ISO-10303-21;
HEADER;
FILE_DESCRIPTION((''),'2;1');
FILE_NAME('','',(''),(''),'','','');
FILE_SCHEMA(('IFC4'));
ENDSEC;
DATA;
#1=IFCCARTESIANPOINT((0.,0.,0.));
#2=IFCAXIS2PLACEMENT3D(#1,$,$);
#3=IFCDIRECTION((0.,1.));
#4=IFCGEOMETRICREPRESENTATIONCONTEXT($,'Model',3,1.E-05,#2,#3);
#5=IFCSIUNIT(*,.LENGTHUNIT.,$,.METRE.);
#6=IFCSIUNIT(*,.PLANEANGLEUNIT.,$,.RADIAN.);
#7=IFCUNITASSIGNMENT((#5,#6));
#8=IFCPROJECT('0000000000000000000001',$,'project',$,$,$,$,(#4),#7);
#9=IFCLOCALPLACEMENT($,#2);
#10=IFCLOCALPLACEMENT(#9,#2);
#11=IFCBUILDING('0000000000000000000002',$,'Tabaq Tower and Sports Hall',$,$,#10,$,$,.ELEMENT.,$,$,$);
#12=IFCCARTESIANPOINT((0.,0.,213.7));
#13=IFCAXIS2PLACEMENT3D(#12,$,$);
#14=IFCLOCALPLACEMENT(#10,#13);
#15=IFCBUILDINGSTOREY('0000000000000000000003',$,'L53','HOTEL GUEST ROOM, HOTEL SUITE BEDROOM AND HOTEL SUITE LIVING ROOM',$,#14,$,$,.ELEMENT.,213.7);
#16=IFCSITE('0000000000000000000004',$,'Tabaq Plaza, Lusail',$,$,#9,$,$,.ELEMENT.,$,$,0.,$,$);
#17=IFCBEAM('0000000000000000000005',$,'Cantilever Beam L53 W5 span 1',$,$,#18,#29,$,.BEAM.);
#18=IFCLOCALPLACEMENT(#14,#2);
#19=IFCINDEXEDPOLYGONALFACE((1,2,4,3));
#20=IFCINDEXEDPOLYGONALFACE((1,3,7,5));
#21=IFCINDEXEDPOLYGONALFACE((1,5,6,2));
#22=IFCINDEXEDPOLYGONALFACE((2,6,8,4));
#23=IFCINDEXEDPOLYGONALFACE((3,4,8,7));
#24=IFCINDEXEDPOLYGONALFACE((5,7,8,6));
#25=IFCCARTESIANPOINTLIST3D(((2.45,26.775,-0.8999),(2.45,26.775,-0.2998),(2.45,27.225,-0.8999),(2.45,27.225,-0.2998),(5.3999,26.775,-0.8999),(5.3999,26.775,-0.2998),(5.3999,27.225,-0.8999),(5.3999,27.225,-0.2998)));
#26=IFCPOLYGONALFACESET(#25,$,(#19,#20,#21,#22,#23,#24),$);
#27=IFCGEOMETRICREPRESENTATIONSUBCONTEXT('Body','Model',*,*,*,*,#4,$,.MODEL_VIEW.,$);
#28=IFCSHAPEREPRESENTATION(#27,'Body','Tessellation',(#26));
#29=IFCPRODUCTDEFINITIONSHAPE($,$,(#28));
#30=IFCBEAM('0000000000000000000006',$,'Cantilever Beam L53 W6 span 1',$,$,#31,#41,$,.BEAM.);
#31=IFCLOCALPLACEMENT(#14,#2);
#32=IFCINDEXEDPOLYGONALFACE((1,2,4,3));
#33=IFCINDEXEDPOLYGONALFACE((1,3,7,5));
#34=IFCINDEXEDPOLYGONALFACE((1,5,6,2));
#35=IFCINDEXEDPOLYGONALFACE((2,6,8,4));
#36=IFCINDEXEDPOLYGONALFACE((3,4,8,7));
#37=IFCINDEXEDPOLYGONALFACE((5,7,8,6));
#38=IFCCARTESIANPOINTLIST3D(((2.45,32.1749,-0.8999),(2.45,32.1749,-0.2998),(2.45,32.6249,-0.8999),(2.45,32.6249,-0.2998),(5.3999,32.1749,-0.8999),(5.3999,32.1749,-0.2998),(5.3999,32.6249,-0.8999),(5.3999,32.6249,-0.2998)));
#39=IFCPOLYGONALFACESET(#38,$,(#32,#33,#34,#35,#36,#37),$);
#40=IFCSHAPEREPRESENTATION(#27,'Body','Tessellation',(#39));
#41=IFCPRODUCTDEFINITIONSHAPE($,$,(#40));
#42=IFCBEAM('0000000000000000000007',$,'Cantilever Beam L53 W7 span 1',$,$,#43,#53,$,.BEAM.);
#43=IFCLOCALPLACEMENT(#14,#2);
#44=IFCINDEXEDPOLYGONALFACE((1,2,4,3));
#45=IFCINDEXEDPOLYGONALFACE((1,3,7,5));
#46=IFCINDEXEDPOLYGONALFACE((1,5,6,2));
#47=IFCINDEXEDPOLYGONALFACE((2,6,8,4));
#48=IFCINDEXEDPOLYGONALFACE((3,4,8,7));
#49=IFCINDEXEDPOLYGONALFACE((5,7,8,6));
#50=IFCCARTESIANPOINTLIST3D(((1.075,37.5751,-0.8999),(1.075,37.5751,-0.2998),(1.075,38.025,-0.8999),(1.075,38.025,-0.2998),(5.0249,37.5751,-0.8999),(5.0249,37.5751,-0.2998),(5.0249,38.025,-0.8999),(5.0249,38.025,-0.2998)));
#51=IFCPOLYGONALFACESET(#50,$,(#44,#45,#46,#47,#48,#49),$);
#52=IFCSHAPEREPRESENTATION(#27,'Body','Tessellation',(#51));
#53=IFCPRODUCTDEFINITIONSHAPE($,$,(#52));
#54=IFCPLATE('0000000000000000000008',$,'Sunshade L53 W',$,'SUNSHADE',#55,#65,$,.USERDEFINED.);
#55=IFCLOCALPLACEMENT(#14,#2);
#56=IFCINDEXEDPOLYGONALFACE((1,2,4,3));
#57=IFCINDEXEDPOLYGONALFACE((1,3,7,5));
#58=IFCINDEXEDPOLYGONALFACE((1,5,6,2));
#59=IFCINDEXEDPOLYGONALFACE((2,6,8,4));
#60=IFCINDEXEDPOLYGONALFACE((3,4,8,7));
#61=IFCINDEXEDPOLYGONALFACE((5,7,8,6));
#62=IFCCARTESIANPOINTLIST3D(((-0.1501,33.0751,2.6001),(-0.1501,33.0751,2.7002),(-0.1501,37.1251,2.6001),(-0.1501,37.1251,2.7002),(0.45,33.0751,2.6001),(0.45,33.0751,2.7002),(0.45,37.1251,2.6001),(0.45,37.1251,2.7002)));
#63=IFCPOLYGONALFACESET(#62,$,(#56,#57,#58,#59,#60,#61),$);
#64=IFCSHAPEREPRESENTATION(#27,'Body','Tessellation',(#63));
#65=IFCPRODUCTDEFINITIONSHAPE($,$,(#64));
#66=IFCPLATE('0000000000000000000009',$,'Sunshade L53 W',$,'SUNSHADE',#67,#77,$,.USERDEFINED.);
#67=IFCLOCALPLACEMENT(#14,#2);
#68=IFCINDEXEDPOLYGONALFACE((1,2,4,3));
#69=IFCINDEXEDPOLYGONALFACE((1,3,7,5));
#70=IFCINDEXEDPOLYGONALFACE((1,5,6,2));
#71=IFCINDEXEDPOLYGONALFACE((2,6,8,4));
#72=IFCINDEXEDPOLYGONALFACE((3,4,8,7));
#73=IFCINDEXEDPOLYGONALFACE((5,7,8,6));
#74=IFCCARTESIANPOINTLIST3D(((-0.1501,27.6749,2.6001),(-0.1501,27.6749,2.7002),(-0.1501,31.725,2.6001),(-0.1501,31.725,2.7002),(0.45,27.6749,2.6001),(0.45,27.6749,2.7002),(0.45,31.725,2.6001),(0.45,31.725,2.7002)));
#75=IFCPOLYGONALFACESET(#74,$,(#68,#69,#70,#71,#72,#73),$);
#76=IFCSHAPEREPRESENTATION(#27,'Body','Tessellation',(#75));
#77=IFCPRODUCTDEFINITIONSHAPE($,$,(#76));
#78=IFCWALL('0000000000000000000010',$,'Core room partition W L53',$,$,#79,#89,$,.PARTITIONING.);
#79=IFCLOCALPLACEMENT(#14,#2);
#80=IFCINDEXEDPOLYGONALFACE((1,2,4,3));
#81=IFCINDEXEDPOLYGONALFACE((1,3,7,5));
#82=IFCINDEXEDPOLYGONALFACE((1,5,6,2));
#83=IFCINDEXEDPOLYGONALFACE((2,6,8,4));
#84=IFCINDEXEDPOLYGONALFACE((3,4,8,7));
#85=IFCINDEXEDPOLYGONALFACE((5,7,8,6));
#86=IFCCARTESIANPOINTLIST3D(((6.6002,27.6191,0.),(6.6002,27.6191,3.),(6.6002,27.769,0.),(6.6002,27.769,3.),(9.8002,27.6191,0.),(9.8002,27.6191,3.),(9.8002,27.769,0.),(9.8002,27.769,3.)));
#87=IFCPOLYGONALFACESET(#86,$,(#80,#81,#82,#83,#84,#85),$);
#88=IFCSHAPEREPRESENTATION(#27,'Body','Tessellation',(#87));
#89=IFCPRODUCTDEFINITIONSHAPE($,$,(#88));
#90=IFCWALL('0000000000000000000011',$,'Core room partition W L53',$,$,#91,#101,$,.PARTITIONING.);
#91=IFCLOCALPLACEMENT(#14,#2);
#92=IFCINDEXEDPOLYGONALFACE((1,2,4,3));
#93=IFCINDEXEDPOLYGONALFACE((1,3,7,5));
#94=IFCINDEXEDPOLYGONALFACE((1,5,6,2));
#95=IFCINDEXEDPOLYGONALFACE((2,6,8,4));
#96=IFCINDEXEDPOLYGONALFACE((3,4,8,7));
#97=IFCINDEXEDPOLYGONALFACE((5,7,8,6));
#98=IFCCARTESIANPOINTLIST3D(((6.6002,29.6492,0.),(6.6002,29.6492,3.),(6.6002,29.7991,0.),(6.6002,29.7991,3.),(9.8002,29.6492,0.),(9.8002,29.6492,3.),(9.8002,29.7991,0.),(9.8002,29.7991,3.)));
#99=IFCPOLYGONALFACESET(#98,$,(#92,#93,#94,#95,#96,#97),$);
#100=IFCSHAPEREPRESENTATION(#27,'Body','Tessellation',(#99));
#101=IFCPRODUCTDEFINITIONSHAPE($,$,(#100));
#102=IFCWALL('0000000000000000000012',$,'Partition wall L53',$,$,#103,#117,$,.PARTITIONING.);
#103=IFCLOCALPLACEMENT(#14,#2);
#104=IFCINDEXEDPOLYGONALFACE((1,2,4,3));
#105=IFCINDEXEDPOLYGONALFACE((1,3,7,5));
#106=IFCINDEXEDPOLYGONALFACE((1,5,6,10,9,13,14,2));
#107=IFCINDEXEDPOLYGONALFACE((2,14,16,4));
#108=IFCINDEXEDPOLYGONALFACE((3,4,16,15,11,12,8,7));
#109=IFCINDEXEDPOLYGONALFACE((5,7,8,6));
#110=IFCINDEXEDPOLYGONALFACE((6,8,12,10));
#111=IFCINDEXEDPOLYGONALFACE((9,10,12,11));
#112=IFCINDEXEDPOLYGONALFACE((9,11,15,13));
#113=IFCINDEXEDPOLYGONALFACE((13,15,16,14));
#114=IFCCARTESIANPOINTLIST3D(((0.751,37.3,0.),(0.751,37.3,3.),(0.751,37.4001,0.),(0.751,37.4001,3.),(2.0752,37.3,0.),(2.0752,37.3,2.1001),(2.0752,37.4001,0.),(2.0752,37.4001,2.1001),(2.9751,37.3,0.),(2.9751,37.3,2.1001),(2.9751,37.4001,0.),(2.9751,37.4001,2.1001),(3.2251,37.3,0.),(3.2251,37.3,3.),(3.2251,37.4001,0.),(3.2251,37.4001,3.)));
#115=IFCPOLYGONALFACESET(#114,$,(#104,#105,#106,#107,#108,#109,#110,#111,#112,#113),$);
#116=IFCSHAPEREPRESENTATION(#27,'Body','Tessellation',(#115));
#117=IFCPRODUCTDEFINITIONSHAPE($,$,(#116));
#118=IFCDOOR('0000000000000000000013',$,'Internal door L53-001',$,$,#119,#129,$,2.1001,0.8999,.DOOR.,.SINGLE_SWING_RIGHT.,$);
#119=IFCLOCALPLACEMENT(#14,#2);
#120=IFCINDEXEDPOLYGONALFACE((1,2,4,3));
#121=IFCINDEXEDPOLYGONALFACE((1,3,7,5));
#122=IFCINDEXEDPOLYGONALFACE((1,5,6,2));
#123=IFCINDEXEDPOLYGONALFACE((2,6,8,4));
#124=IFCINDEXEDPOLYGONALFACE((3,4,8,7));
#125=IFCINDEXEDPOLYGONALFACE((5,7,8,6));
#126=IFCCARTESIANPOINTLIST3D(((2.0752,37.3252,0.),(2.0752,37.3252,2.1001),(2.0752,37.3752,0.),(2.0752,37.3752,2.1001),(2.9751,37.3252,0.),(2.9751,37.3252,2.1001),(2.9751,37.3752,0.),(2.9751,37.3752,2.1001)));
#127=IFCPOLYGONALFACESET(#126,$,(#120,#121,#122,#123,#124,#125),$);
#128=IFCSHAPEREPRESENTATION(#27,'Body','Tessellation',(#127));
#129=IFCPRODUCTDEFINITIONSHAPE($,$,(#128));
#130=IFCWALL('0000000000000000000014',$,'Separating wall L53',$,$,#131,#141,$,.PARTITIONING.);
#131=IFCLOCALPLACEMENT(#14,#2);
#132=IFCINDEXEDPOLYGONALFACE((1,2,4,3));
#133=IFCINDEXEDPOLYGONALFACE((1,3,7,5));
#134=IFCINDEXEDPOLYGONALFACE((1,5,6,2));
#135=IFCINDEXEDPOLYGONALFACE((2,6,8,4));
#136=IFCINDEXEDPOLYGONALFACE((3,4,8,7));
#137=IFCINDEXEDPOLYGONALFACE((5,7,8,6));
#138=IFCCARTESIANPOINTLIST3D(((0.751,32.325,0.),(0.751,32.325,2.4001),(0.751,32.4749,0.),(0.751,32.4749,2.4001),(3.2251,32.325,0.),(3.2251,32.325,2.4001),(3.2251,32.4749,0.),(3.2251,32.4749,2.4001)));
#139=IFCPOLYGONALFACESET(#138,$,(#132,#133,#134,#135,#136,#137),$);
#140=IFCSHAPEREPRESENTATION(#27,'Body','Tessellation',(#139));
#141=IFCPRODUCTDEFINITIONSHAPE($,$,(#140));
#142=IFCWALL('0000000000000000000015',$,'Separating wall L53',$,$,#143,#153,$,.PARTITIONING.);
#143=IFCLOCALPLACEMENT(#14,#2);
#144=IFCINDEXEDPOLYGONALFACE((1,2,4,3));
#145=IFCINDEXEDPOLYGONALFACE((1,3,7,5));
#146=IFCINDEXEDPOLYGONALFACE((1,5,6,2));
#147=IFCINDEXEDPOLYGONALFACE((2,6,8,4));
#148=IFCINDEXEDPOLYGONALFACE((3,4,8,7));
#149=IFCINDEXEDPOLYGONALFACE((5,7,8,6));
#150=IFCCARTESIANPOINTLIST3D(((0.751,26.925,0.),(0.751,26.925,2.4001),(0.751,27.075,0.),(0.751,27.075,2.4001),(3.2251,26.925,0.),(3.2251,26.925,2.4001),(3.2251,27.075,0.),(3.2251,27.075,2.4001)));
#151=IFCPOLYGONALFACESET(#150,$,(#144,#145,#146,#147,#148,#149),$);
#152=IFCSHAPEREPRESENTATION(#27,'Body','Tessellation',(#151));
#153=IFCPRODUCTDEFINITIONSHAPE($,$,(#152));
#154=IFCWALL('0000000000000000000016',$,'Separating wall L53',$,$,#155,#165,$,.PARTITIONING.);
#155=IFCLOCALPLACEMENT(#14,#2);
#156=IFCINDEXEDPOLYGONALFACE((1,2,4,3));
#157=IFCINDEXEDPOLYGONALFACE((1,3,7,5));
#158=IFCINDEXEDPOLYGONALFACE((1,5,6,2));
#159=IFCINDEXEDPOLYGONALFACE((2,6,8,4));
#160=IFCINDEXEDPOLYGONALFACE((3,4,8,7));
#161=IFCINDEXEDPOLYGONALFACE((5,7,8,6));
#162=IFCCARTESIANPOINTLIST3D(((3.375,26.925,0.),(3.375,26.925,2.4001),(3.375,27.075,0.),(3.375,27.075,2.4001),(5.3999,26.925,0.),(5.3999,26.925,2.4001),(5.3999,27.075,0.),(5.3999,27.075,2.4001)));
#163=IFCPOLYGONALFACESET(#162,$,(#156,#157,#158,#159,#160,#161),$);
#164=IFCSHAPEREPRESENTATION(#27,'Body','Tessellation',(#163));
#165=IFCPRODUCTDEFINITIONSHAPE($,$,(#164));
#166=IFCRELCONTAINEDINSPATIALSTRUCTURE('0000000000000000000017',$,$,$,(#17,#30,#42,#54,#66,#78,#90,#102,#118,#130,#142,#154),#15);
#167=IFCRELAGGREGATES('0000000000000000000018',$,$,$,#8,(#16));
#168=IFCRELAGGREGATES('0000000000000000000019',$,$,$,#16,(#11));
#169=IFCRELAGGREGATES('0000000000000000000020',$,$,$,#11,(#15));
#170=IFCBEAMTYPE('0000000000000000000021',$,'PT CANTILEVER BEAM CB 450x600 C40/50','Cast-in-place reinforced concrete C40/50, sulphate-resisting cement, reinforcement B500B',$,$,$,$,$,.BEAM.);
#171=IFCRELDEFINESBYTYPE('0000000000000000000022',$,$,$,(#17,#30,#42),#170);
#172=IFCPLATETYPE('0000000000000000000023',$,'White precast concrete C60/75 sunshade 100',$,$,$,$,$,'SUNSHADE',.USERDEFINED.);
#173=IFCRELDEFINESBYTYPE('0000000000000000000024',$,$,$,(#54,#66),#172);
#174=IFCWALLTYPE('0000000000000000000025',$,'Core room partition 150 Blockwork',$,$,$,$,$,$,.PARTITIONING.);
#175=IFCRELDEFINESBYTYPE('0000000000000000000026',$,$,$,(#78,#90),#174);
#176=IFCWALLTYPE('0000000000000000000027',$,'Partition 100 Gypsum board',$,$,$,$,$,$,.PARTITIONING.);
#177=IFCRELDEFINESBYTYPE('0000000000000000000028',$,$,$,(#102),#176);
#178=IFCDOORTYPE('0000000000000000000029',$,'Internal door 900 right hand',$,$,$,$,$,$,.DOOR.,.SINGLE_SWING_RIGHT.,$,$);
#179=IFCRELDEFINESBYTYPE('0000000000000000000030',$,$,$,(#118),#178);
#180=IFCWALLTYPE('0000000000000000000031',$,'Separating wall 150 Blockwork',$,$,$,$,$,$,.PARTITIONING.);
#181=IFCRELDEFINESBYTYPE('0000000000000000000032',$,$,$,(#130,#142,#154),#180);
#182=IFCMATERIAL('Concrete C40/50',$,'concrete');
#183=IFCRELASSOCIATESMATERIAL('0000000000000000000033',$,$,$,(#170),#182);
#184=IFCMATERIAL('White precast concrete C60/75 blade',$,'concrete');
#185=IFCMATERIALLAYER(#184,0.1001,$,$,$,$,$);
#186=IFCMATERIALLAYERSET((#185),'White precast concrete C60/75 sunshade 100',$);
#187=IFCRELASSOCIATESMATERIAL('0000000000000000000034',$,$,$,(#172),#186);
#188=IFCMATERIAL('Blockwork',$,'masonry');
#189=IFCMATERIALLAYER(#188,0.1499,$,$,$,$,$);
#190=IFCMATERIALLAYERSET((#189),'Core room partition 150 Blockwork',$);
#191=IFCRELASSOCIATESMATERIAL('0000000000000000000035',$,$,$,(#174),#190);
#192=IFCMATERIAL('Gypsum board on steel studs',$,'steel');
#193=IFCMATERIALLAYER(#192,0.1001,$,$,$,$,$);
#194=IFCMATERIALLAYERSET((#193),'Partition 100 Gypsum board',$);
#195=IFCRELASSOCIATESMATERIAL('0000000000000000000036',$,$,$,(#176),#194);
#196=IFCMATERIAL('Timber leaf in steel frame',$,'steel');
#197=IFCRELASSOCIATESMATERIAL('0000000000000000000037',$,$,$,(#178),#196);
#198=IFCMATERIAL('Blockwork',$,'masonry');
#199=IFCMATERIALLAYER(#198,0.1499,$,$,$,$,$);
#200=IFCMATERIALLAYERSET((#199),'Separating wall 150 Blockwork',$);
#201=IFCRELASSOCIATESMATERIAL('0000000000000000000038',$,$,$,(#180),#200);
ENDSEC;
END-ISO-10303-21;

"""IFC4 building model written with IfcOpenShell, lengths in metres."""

from ifc_helpers import new_model, si_unit, direction, frame, frame_2d, origin, origin_2d, place, context, subcontext, project, spatial, rectangle, extrude, material, layer, layer_set, material_profile, profile_set, type_object, element, fill, save


model = new_model("IFC4")

# Units and contexts
model_context = context("Model", 3, precision=1e-05, world=origin(), true_north=direction((0.0, 1.0)))
body_context = subcontext(model_context, "Body", "Model", "MODEL_VIEW")
ifc_project = project(units=[si_unit("LENGTHUNIT", "METRE"), si_unit("PLANEANGLEUNIT", "RADIAN")], contexts=[model_context])

# Site, building, storey
site_placement = place(None, origin())
site = spatial("IfcSite", under=ifc_project, at=site_placement, Name="Tabaq Plaza, Lusail", CompositionType="ELEMENT", RefElevation=0.0)
building_placement = place(site_placement, origin())
building = spatial("IfcBuilding", under=site, at=building_placement, Name="Tabaq Tower and Sports Hall", CompositionType="ELEMENT")
storey_placement = place(building_placement, frame((0.0, 0.0, 213.7)))
storey = spatial("IfcBuildingStorey", under=building, at=storey_placement, Name="L53", Description="HOTEL GUEST ROOM, HOTEL SUITE BEDROOM AND HOTEL SUITE LIVING ROOM", CompositionType="ELEMENT", Elevation=213.7)

# Beams
ifc_material_1 = material(Name="Concrete C40/50", Category="concrete")
ifc_material_profile = material_profile(ifc_material_1, rectangle(XDim=0.45, YDim=0.6001, at=origin_2d()), Name="CB 450x600")
ifc_profile_set = profile_set([ifc_material_profile], Name="Concrete C40/50")
beam_type = type_object("IfcBeamType", Name="PT CANTILEVER BEAM CB 450x600 C40/50", Description="Cast-in-place reinforced concrete C40/50, sulphate-resisting cement, reinforcement B500B", PredefinedType="BEAM", material=ifc_profile_set)
for number, where, z_axis, x_axis, name in (
    (1, (2.45, 27.0, -0.5999), (1.0, 0.0, 0.0), (0.0, 1.0, 0.0), "Cantilever Beam L53 W5 span 1"),
    (2, (2.45, 32.3999, -0.5999), (1.0, 0.0, 0.0), (0.0, 1.0, 0.0), "Cantilever Beam L53 W6 span 1"),
):
    element("IfcBeam", number, at=place(storey_placement, frame(where, z_axis=z_axis, x_axis=x_axis)), inside=storey, type_object=beam_type, Name=name, PredefinedType="BEAM", context=body_context, shape_type="SweptSolid", body=[
        extrude(rectangle(XDim=0.45, YDim=0.6001, at=origin_2d()), origin(), (0.0, 0.0, 1.0), 2.95),
    ])
beam_placement = place(storey_placement, frame((1.075, 37.8, -0.5999), z_axis=(1.0, 0.0, 0.0), x_axis=(0.0, 1.0, 0.0)))
element("IfcBeam", 3, at=beam_placement, inside=storey, type_object=beam_type, Name="Cantilever Beam L53 W7 span 1", PredefinedType="BEAM", context=body_context, shape_type="SweptSolid", body=[
    extrude(rectangle(XDim=0.45, YDim=0.6001, at=origin_2d()), origin(), (0.0, 0.0, 1.0), 3.95),
])

# Plates
ifc_material_2 = material(Name="White precast concrete C60/75 blade", Category="concrete")
ifc_layer_1 = layer(ifc_material_2, 0.1001)
ifc_layer_set_1 = layer_set([ifc_layer_1], Name="White precast concrete C60/75 sunshade 100")
plate_type = type_object("IfcPlateType", Name="White precast concrete C60/75 sunshade 100", ElementType="SUNSHADE", PredefinedType="USERDEFINED", material=ifc_layer_set_1)
for number, where, z_axis, x_axis, name in (
    (4, (0.1499, 35.1001, 2.6001), (0.0, 0.0, 1.0), (0.0, -1.0, 0.0), "Sunshade L53 W"),
    (5, (0.1499, 29.7, 2.6001), (0.0, 0.0, 1.0), (0.0, -1.0, 0.0), "Sunshade L53 W"),
):
    element("IfcPlate", number, at=place(storey_placement, frame(where, z_axis=z_axis, x_axis=x_axis)), inside=storey, type_object=plate_type, Name=name, ObjectType="SUNSHADE", PredefinedType="USERDEFINED", context=body_context, shape_type="SweptSolid", body=[
        extrude(rectangle(XDim=4.05, YDim=0.6001, at=origin_2d()), origin(), (0.0, 0.0, 1.0), 0.1001),
    ])

# Walls
ifc_material_3 = material(Name="Blockwork", Category="masonry")
ifc_layer_2 = layer(ifc_material_3, 0.1499)
ifc_layer_set_2 = layer_set([ifc_layer_2], Name="Core room partition 150 Blockwork")
wall_type_1 = type_object("IfcWallType", Name="Core room partition 150 Blockwork", PredefinedType="PARTITIONING", material=ifc_layer_set_2)
for number, where, z_axis, x_axis, name in (
    (6, (6.6001, 27.6941, 0.0), (0.0, 0.0, 1.0), (1.0, 0.0, 0.0), "Core room partition W L53"),
    (7, (6.6001, 29.7241, 0.0), (0.0, 0.0, 1.0), (1.0, 0.0, 0.0), "Core room partition W L53"),
):
    element("IfcWall", number, at=place(storey_placement, frame(where, z_axis=z_axis, x_axis=x_axis)), inside=storey, type_object=wall_type_1, Name=name, PredefinedType="PARTITIONING", context=body_context, shape_type="SweptSolid", body=[
        extrude(rectangle(XDim=3.2, YDim=0.1499, at=frame_2d((1.6001, 0.0))), origin(), (0.0, 0.0, 1.0), 3.0),
    ])

# Wall, opening, door
ifc_material_4 = material(Name="Gypsum board on steel studs", Category="steel")
ifc_layer_3 = layer(ifc_material_4, 0.1001)
ifc_layer_set_3 = layer_set([ifc_layer_3], Name="Partition 100 Gypsum board")
wall_type_2 = type_object("IfcWallType", Name="Partition 100 Gypsum board", PredefinedType="PARTITIONING", material=ifc_layer_set_3)
wall_1_placement = place(storey_placement, frame((3.2251, 37.3501, 0.0), z_axis=(0.0, 0.0, 1.0), x_axis=(-1.0, 0.0, 0.0)))
wall_1 = element("IfcWall", 8, at=wall_1_placement, inside=storey, type_object=wall_type_2, Name="Partition wall L53", PredefinedType="PARTITIONING", context=body_context, shape_type="SweptSolid", body=[
    extrude(rectangle(XDim=2.4741, YDim=0.1001, at=frame_2d((1.2371, 0.0))), origin(), (0.0, 0.0, 1.0), 3.0),
])
opening_1_placement = place(wall_1_placement, frame((0.25, 0.0, 0.0)))
opening_1 = element("IfcOpeningElement", 9, at=opening_1_placement, cuts=wall_1, PredefinedType="OPENING", context=body_context, shape_type="SweptSolid", body=[
    extrude(rectangle(XDim=0.8999, YDim=2.1001, at=frame_2d((0.45, 1.05))), frame((0.0, 0.05, 0.0), z_axis=(0.0, -1.0, 0.0), x_axis=(1.0, 0.0, 0.0)), (0.0, 0.0, 1.0), 0.1001),
])
ifc_material_5 = material(Name="Timber leaf in steel frame", Category="steel")
door_type_1 = type_object("IfcDoorType", Name="Internal door 900 right hand", OperationType="SINGLE_SWING_RIGHT", PredefinedType="DOOR", material=ifc_material_5)
door_1_placement = place(opening_1_placement, origin())
door_1 = element("IfcDoor", 10, at=door_1_placement, inside=storey, type_object=door_type_1, Name="Internal door L53-001", OperationType="SINGLE_SWING_RIGHT", OverallHeight=2.1001, OverallWidth=0.8999, PredefinedType="DOOR", context=body_context, shape_type="SweptSolid", body=[
    extrude(rectangle(XDim=0.8999, YDim=2.1001, at=frame_2d((0.45, 1.05))), frame((0.0, 0.0249, 0.0), z_axis=(0.0, -1.0, 0.0), x_axis=(1.0, 0.0, 0.0)), (0.0, 0.0, 1.0), 0.05),
])
fill(opening_1, door_1)

# Walls
ifc_material_6 = material(Name="Blockwork", Category="masonry")
ifc_layer_4 = layer(ifc_material_6, 0.1499)
ifc_layer_set_4 = layer_set([ifc_layer_4], Name="Separating wall 150 Blockwork")
wall_type_3 = type_object("IfcWallType", Name="Separating wall 150 Blockwork", PredefinedType="PARTITIONING", material=ifc_layer_set_4)
for number, where, z_axis, x_axis, name in (
    (11, (0.751, 32.3999, 0.0), (0.0, 0.0, 1.0), (1.0, 0.0, 0.0), "Separating wall L53"),
    (12, (0.751, 27.0, 0.0), (0.0, 0.0, 1.0), (1.0, 0.0, 0.0), "Separating wall L53"),
):
    element("IfcWall", number, at=place(storey_placement, frame(where, z_axis=z_axis, x_axis=x_axis)), inside=storey, type_object=wall_type_3, Name=name, PredefinedType="PARTITIONING", context=body_context, shape_type="SweptSolid", body=[
        extrude(rectangle(XDim=2.4741, YDim=0.1499, at=frame_2d((1.2371, 0.0))), origin(), (0.0, 0.0, 1.0), 2.4001),
    ])
wall_2_placement = place(storey_placement, frame((3.375, 27.0, 0.0), z_axis=(0.0, 0.0, 1.0), x_axis=(1.0, 0.0, 0.0)))
element("IfcWall", 13, at=wall_2_placement, inside=storey, type_object=wall_type_3, Name="Separating wall L53", PredefinedType="PARTITIONING", context=body_context, shape_type="SweptSolid", body=[
    extrude(rectangle(XDim=2.0249, YDim=0.1499, at=frame_2d((1.0125, 0.0))), origin(), (0.0, 0.0, 1.0), 2.4001),
])

save(model, "model.ifc")
